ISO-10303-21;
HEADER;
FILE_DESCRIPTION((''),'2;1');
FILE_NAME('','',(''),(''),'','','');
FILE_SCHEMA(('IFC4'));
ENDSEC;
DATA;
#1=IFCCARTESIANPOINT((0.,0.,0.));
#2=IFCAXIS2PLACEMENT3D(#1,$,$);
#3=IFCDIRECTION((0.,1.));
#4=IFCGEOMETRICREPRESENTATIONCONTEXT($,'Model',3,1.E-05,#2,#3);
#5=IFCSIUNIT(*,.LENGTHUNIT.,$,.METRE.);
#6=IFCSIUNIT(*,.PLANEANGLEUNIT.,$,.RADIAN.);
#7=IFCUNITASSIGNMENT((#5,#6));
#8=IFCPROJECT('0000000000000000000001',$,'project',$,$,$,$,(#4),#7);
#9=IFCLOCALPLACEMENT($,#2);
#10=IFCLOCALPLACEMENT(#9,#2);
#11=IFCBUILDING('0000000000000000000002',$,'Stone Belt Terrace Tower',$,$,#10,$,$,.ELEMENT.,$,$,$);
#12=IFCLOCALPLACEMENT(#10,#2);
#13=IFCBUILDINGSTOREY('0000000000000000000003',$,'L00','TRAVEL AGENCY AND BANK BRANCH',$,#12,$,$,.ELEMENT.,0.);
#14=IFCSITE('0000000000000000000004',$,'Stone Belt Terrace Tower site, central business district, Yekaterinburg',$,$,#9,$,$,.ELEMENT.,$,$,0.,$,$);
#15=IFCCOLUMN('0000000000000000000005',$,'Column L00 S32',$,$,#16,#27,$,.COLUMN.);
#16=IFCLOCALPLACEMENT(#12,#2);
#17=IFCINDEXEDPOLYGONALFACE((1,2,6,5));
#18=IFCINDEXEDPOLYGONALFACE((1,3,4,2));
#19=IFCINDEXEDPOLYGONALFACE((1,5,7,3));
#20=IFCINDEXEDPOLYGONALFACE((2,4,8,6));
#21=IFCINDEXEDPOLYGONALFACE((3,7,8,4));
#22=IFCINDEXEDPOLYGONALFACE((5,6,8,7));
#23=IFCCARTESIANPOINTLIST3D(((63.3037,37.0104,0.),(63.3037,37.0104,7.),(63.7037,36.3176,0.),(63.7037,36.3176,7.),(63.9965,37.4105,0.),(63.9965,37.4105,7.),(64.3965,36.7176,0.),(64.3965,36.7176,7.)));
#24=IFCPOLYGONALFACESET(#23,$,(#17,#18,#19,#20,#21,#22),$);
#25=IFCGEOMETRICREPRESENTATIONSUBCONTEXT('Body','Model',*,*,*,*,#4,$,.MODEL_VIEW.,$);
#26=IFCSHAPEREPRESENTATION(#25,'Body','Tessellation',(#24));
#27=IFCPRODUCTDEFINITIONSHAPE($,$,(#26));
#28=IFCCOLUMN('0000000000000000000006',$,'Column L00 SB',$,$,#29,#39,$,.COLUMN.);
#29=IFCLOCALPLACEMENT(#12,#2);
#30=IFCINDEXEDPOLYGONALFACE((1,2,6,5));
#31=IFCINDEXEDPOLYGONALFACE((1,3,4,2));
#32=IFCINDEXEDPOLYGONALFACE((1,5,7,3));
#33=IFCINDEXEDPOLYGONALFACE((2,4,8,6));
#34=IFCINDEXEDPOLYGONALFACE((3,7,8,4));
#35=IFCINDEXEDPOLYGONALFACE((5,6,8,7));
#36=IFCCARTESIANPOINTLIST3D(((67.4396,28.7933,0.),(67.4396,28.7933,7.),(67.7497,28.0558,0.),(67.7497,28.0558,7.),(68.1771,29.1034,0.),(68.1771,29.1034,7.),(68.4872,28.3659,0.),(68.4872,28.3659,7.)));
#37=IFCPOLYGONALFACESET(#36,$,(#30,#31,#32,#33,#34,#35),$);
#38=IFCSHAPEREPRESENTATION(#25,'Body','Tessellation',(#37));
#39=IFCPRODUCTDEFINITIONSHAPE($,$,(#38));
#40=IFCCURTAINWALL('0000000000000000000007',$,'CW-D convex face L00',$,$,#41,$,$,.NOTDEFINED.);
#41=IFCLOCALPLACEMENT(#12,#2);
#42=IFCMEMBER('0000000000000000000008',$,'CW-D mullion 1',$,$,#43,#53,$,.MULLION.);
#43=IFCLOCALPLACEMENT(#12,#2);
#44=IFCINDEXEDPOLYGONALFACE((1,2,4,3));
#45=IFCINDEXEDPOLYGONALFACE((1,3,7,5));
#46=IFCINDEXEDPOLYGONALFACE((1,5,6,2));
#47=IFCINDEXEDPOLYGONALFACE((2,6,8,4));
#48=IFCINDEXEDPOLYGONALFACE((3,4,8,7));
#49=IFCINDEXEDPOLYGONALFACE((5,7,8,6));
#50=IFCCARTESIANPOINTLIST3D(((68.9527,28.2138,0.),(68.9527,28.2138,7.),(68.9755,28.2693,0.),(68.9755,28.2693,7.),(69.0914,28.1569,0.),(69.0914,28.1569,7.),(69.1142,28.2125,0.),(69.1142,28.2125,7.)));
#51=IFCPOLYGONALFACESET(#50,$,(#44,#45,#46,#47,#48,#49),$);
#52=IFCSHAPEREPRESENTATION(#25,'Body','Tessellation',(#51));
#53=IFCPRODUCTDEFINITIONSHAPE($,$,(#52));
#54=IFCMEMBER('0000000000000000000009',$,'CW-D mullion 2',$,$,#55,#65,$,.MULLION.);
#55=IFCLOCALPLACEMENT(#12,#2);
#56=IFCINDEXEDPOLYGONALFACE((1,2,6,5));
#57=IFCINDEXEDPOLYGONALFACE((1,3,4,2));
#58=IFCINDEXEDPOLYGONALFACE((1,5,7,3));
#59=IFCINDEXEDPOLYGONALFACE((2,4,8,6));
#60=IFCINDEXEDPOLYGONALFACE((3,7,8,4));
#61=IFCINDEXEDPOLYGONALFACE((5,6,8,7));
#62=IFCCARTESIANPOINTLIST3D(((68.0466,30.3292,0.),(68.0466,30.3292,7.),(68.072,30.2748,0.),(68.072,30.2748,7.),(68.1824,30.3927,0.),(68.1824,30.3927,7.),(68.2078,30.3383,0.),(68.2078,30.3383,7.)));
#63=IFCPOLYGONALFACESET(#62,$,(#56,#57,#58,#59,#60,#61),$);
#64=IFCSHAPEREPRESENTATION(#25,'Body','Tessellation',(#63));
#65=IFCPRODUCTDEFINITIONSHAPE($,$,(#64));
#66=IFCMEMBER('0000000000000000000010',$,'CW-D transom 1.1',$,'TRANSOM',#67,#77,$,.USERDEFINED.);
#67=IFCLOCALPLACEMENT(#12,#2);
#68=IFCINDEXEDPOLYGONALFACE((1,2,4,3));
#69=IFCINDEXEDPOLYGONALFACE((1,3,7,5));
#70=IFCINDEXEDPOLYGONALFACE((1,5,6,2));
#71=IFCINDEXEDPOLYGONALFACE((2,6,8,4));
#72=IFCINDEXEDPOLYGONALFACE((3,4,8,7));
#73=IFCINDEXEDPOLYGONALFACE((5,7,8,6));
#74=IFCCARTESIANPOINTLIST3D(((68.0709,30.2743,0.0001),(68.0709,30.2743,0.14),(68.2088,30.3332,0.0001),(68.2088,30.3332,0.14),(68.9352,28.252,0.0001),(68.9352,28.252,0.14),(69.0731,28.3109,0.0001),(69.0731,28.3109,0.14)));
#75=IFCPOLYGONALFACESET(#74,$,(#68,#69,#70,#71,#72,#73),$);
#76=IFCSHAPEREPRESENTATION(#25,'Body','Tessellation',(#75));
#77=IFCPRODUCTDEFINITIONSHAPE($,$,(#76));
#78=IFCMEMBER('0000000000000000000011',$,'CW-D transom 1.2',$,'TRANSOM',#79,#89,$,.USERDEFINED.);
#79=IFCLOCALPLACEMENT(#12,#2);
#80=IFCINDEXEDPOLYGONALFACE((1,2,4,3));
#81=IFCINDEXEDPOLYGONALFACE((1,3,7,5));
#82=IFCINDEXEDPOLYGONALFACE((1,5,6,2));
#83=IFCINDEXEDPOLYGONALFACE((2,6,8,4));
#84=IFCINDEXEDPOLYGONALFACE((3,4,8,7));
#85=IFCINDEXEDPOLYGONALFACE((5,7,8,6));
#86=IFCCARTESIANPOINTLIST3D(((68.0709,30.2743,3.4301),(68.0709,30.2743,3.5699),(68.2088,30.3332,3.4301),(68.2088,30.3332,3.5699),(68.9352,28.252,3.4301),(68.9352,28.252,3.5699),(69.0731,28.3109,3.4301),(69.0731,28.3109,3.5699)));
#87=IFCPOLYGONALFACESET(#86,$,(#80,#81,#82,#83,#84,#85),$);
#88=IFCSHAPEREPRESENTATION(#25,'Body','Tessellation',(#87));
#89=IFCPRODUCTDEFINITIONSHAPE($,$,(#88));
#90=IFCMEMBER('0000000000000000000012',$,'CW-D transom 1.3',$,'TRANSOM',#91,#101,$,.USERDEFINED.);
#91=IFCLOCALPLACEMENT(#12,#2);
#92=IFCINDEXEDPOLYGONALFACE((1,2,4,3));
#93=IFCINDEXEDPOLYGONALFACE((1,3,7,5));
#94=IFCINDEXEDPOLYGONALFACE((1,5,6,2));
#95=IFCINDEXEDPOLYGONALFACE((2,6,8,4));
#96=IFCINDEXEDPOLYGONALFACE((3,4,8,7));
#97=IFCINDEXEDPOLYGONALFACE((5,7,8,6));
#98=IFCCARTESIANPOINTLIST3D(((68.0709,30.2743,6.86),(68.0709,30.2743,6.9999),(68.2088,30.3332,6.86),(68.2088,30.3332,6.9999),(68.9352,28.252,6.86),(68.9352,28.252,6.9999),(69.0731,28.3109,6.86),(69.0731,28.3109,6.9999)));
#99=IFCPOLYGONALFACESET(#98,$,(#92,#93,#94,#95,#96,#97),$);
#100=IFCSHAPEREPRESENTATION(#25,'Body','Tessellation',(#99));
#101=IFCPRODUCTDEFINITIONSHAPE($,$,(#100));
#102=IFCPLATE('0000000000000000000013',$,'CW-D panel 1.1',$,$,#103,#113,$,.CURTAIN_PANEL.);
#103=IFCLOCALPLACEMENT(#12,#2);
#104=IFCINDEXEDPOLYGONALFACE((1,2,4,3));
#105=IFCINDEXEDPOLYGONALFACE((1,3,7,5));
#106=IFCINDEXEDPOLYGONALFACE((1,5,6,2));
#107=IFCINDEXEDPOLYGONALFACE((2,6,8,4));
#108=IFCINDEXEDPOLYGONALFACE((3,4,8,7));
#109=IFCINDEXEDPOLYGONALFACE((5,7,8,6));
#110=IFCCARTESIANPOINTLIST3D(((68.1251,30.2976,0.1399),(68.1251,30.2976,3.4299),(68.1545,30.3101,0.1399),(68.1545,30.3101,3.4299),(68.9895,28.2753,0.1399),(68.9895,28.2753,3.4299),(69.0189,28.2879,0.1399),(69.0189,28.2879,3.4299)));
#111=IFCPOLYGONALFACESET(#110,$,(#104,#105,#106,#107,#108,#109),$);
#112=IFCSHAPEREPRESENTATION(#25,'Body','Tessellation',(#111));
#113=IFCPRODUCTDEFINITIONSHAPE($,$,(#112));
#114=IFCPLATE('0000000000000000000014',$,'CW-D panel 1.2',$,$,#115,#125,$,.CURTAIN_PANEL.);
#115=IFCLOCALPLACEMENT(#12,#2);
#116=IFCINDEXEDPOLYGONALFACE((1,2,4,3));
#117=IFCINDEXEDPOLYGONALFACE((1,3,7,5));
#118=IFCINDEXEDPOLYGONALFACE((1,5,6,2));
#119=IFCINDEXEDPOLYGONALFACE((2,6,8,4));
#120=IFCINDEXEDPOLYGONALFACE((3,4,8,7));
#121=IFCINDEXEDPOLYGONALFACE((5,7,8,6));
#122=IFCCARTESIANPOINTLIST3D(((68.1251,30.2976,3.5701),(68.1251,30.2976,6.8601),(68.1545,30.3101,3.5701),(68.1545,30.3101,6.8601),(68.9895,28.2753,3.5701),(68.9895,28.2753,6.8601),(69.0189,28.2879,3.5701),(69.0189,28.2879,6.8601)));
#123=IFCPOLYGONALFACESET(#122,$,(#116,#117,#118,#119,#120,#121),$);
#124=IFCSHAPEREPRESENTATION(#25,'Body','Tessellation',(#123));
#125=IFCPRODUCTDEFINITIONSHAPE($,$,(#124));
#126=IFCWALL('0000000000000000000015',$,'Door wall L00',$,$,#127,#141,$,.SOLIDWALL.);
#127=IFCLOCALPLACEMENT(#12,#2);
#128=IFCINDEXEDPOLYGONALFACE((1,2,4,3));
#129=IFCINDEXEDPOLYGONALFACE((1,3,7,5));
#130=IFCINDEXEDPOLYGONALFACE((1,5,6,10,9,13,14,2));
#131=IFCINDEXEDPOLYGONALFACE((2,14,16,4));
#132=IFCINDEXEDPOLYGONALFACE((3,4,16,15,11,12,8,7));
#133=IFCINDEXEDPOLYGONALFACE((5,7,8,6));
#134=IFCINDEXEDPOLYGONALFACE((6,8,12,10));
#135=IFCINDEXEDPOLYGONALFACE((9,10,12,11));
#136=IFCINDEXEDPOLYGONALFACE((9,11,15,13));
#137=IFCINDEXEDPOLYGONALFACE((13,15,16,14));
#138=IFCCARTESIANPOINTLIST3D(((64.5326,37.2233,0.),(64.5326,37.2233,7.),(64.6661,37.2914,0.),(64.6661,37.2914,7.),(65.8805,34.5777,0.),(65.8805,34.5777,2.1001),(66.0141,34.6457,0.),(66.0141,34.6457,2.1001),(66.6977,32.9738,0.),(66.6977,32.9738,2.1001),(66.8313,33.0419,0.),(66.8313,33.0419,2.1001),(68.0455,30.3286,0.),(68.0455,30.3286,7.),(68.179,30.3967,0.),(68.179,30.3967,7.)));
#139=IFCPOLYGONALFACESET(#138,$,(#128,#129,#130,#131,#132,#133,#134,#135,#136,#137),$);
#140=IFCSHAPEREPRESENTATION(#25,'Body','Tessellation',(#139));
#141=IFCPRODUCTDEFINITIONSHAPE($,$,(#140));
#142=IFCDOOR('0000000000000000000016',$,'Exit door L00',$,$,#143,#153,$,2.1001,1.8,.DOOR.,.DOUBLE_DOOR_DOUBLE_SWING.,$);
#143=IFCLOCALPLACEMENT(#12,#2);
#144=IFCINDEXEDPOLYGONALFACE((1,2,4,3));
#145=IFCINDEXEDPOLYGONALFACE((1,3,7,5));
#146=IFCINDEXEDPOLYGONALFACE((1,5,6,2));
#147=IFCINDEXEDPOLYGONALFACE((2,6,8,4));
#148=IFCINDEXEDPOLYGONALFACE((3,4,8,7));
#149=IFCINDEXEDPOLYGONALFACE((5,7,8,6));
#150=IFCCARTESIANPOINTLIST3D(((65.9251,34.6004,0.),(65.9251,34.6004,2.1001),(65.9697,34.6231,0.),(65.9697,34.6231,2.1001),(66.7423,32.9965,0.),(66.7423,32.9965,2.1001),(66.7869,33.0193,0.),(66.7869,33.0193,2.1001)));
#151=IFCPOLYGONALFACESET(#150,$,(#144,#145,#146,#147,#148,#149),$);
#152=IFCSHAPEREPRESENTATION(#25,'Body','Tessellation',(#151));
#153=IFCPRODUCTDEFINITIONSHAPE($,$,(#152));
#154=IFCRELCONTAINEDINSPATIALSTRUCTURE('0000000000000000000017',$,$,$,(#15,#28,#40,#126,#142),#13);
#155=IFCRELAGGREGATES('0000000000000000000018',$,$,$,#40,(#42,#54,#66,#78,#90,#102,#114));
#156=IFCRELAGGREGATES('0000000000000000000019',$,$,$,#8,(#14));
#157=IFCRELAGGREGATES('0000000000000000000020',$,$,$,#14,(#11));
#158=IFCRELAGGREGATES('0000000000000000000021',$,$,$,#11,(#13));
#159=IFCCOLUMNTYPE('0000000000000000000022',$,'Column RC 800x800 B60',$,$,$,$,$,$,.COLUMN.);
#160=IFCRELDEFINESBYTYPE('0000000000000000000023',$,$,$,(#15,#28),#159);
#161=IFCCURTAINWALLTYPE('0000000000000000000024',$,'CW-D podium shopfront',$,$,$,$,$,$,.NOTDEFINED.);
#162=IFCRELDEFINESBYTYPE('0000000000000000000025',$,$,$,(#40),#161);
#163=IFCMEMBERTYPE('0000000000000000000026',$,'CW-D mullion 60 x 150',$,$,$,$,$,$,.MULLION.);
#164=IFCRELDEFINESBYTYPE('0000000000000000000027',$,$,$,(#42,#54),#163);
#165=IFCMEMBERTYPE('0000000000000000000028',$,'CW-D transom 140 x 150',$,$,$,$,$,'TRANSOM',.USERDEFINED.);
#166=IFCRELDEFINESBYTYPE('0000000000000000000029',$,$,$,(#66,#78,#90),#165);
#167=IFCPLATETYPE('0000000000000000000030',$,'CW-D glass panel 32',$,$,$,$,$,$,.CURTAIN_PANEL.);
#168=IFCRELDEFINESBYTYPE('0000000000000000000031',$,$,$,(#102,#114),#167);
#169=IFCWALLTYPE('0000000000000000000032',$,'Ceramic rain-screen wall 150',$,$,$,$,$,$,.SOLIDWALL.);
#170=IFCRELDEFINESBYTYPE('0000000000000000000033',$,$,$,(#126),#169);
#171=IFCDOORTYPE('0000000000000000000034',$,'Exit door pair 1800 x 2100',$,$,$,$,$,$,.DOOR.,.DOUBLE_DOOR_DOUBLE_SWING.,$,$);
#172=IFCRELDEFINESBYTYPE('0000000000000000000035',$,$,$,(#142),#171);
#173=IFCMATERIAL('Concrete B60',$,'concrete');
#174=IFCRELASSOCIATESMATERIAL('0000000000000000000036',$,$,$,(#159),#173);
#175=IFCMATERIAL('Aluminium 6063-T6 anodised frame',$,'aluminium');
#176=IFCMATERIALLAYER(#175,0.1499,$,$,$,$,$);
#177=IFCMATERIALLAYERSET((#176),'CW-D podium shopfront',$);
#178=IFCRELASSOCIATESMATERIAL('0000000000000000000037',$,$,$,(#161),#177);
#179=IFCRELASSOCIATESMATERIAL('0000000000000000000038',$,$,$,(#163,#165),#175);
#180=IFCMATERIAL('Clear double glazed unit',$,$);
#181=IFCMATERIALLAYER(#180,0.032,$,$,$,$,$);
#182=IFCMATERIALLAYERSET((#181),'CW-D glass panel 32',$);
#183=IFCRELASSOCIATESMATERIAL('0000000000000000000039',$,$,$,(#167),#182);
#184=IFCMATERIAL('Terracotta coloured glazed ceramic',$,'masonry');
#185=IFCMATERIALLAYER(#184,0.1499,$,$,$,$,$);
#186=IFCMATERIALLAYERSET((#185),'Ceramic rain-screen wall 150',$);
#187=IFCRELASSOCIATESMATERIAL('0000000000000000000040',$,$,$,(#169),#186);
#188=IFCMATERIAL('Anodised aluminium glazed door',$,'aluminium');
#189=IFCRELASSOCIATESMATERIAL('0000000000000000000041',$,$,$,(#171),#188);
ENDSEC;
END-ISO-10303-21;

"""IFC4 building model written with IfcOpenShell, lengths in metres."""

from ifc_helpers import new_model, si_unit, direction, frame, frame_2d, origin, origin_2d, place, context, subcontext, project, spatial, rectangle, extrude, material, layer, layer_set, material_profile, profile_set, type_object, element, fill, aggregate, save


model = new_model("IFC4")

# Units and contexts
model_context = context("Model", 3, precision=1e-05, world=origin(), true_north=direction((0.0, 1.0)))
body_context = subcontext(model_context, "Body", "Model", "MODEL_VIEW")
ifc_project = project(units=[si_unit("LENGTHUNIT", "METRE"), si_unit("PLANEANGLEUNIT", "RADIAN")], contexts=[model_context])

# Site, building, storey
site_placement = place(None, origin())
site = spatial("IfcSite", under=ifc_project, at=site_placement, Name="Stone Belt Terrace Tower site, central business district, Yekaterinburg", CompositionType="ELEMENT", RefElevation=0.0)
building_placement = place(site_placement, origin())
building = spatial("IfcBuilding", under=site, at=building_placement, Name="Stone Belt Terrace Tower", CompositionType="ELEMENT")
storey_placement = place(building_placement, origin())
storey = spatial("IfcBuildingStorey", under=building, at=storey_placement, Name="L00", Description="TRAVEL AGENCY AND BANK BRANCH", CompositionType="ELEMENT", Elevation=0.0)

# Columns
ifc_material_1 = material(Name="Concrete B60", Category="concrete")
ifc_material_profile_1 = material_profile(ifc_material_1, rectangle(XDim=0.8, YDim=0.8, at=origin_2d()), Name="RC 800x800")
ifc_profile_set_1 = profile_set([ifc_material_profile_1], Name="Concrete B60")
column_type = type_object("IfcColumnType", Name="Column RC 800x800 B60", PredefinedType="COLUMN", material=ifc_profile_set_1)
for number, where, z_axis, x_axis, name in (
    (1, (63.8501, 36.864, 0.0), (0.0, 0.0, 1.0), (0.5, -0.866025, 0.0), "Column L00 S32"),
    (2, (67.9634, 28.5796, 0.0), (0.0, 0.0, 1.0), (0.387636, -0.921812, 0.0), "Column L00 SB"),
):
    element("IfcColumn", number, at=place(storey_placement, frame(where, z_axis=z_axis, x_axis=x_axis)), inside=storey, type_object=column_type, Name=name, PredefinedType="COLUMN", context=body_context, shape_type="SweptSolid", body=[
        extrude(rectangle(XDim=0.8, YDim=0.8, at=origin_2d()), origin(), (0.0, 0.0, 1.0), 7.0),
    ])

# Curtain wall, members, plates
ifc_material_2 = material(Name="Aluminium 6063-T6 anodised frame", Category="aluminium")
ifc_layer_1 = layer(ifc_material_2, 0.1499)
ifc_layer_set_1 = layer_set([ifc_layer_1], Name="CW-D podium shopfront")
curtain_wall_type = type_object("IfcCurtainWallType", Name="CW-D podium shopfront", PredefinedType="NOTDEFINED", material=ifc_layer_set_1)
curtain_wall_placement = place(storey_placement, origin())
curtain_wall = element("IfcCurtainWall", 3, at=curtain_wall_placement, inside=storey, type_object=curtain_wall_type, Name="CW-D convex face L00", PredefinedType="NOTDEFINED")
ifc_material_profile_2 = material_profile(ifc_material_2, rectangle(XDim=0.1499, YDim=0.0601, at=origin_2d()), Name="Aluminium 6063-T6 60x150")
ifc_profile_set_2 = profile_set([ifc_material_profile_2], Name="Aluminium 6063-T6 anodised frame")
member_type_1 = type_object("IfcMemberType", Name="CW-D mullion 60 x 150", PredefinedType="MULLION", material=ifc_profile_set_2)
member_1_placement = place(storey_placement, frame((69.0334, 28.2131, 0.0), z_axis=(0.0, 0.0, 1.0), x_axis=(-0.92531, 0.379212, 0.0)))
member_1 = element("IfcMember", 4, at=member_1_placement, type_object=member_type_1, Name="CW-D mullion 1", PredefinedType="MULLION", context=body_context, shape_type="SweptSolid", body=[
    extrude(rectangle(XDim=0.1499, YDim=0.0601, at=origin_2d()), origin(), (0.0, 0.0, 1.0), 7.0),
])
member_2_placement = place(storey_placement, frame((68.1272, 30.3337, 0.0), z_axis=(0.0, 0.0, 1.0), x_axis=(-0.905778, -0.423752, 0.0)))
member_2 = element("IfcMember", 5, at=member_2_placement, type_object=member_type_1, Name="CW-D mullion 2", PredefinedType="MULLION", context=body_context, shape_type="SweptSolid", body=[
    extrude(rectangle(XDim=0.1499, YDim=0.0601, at=origin_2d()), origin(), (0.0, 0.0, 1.0), 7.0),
])
ifc_material_profile_3 = material_profile(ifc_material_2, rectangle(XDim=0.1499, YDim=0.1399, at=origin_2d()), Name="Aluminium 6063-T6 150x140")
ifc_profile_set_3 = profile_set([ifc_material_profile_3], Name="Aluminium 6063-T6 anodised frame")
member_type_2 = type_object("IfcMemberType", Name="CW-D transom 140 x 150", ElementType="TRANSOM", PredefinedType="USERDEFINED", material=ifc_profile_set_3)
member_3_placement = place(storey_placement, frame((69.0042, 28.2815, 0.0701), z_axis=(-0.392995, 0.919541, 0.0), x_axis=(-0.919541, -0.392995, 0.0)))
member_3 = element("IfcMember", 6, at=member_3_placement, type_object=member_type_2, Name="CW-D transom 1.1", ObjectType="TRANSOM", PredefinedType="USERDEFINED", context=body_context, shape_type="SweptSolid", body=[
    extrude(rectangle(XDim=0.1499, YDim=0.1399, at=origin_2d()), origin(), (0.0, 0.0, 1.0), 2.1992),
])
member_4_placement = place(storey_placement, frame((69.0042, 28.2815, 3.5), z_axis=(-0.392995, 0.919541, 0.0), x_axis=(-0.919541, -0.392995, 0.0)))
member_4 = element("IfcMember", 7, at=member_4_placement, type_object=member_type_2, Name="CW-D transom 1.2", ObjectType="TRANSOM", PredefinedType="USERDEFINED", context=body_context, shape_type="SweptSolid", body=[
    extrude(rectangle(XDim=0.1499, YDim=0.1399, at=origin_2d()), origin(), (0.0, 0.0, 1.0), 2.1992),
])
member_5_placement = place(storey_placement, frame((69.0042, 28.2815, 6.9299), z_axis=(-0.392995, 0.919541, 0.0), x_axis=(-0.919541, -0.392995, 0.0)))
member_5 = element("IfcMember", 8, at=member_5_placement, type_object=member_type_2, Name="CW-D transom 1.3", ObjectType="TRANSOM", PredefinedType="USERDEFINED", context=body_context, shape_type="SweptSolid", body=[
    extrude(rectangle(XDim=0.1499, YDim=0.1399, at=origin_2d()), origin(), (0.0, 0.0, 1.0), 2.1992),
])
ifc_material_3 = material(Name="Clear double glazed unit")
ifc_layer_2 = layer(ifc_material_3, 0.032)
ifc_layer_set_2 = layer_set([ifc_layer_2], Name="CW-D glass panel 32")
plate_type = type_object("IfcPlateType", Name="CW-D glass panel 32", PredefinedType="CURTAIN_PANEL", material=ifc_layer_set_2)
plate_1_placement = place(storey_placement, frame((68.572, 29.2927, 0.1399), z_axis=(0.0, 0.0, 1.0), x_axis=(-0.393034, 0.919524, 0.0)))
plate_1 = element("IfcPlate", 9, at=plate_1_placement, type_object=plate_type, Name="CW-D panel 1.1", PredefinedType="CURTAIN_PANEL", context=body_context, shape_type="SweptSolid", body=[
    extrude(rectangle(XDim=2.1992, YDim=0.032, at=origin_2d()), origin(), (0.0, 0.0, 1.0), 3.29),
])
plate_2_placement = place(storey_placement, frame((68.572, 29.2927, 3.5701), z_axis=(0.0, 0.0, 1.0), x_axis=(-0.393034, 0.919524, 0.0)))
plate_2 = element("IfcPlate", 10, at=plate_2_placement, type_object=plate_type, Name="CW-D panel 1.2", PredefinedType="CURTAIN_PANEL", context=body_context, shape_type="SweptSolid", body=[
    extrude(rectangle(XDim=2.1992, YDim=0.032, at=origin_2d()), origin(), (0.0, 0.0, 1.0), 3.29),
])
aggregate(curtain_wall, [member_1, member_2, member_3, member_4, member_5, plate_1, plate_2])

# Wall, opening, door
ifc_material_4 = material(Name="Terracotta coloured glazed ceramic", Category="masonry")
ifc_layer_3 = layer(ifc_material_4, 0.1499)
ifc_layer_set_3 = layer_set([ifc_layer_3], Name="Ceramic rain-screen wall 150")
wall_type_1 = type_object("IfcWallType", Name="Ceramic rain-screen wall 150", PredefinedType="SOLIDWALL", material=ifc_layer_set_3)
wall_1_placement = place(storey_placement, frame((68.1123, 30.3625, 0.0), z_axis=(0.0, 0.0, 1.0), x_axis=(-0.453978, 0.891013, 0.0)))
wall_1 = element("IfcWall", 11, at=wall_1_placement, inside=storey, type_object=wall_type_1, Name="Door wall L00", PredefinedType="SOLIDWALL", context=body_context, shape_type="SweptSolid", body=[
    extrude(rectangle(XDim=7.738, YDim=0.1499, at=frame_2d((3.8691, 0.0))), origin(), (0.0, 0.0, 1.0), 7.0),
])
opening_1_placement = place(wall_1_placement, frame((2.969, 0.0, 0.0)))
opening_1 = element("IfcOpeningElement", 12, at=opening_1_placement, cuts=wall_1, PredefinedType="OPENING", context=body_context, shape_type="SweptSolid", body=[
    extrude(rectangle(XDim=1.8, YDim=2.1001, at=frame_2d((0.8999, 1.05))), frame((0.0, 0.085, 0.0), z_axis=(0.0, -1.0, 0.0), x_axis=(1.0, 0.0, 0.0)), (0.0, 0.0, 1.0), 0.1699),
])
ifc_material_5 = material(Name="Anodised aluminium glazed door", Category="aluminium")
door_type_1 = type_object("IfcDoorType", Name="Exit door pair 1800 x 2100", OperationType="DOUBLE_DOOR_DOUBLE_SWING", PredefinedType="DOOR", material=ifc_material_5)
door_1_placement = place(opening_1_placement, origin())
door_1 = element("IfcDoor", 13, at=door_1_placement, inside=storey, type_object=door_type_1, Name="Exit door L00", OperationType="DOUBLE_DOOR_DOUBLE_SWING", OverallHeight=2.1001, OverallWidth=1.8, PredefinedType="DOOR", context=body_context, shape_type="SweptSolid", body=[
    extrude(rectangle(XDim=1.8, YDim=2.1001, at=frame_2d((0.8999, 1.05))), frame((0.0, 0.0249, 0.0), z_axis=(0.0, -1.0, 0.0), x_axis=(1.0, 0.0, 0.0)), (0.0, 0.0, 1.0), 0.05),
])
fill(opening_1, door_1)

save(model, "model.ifc")
